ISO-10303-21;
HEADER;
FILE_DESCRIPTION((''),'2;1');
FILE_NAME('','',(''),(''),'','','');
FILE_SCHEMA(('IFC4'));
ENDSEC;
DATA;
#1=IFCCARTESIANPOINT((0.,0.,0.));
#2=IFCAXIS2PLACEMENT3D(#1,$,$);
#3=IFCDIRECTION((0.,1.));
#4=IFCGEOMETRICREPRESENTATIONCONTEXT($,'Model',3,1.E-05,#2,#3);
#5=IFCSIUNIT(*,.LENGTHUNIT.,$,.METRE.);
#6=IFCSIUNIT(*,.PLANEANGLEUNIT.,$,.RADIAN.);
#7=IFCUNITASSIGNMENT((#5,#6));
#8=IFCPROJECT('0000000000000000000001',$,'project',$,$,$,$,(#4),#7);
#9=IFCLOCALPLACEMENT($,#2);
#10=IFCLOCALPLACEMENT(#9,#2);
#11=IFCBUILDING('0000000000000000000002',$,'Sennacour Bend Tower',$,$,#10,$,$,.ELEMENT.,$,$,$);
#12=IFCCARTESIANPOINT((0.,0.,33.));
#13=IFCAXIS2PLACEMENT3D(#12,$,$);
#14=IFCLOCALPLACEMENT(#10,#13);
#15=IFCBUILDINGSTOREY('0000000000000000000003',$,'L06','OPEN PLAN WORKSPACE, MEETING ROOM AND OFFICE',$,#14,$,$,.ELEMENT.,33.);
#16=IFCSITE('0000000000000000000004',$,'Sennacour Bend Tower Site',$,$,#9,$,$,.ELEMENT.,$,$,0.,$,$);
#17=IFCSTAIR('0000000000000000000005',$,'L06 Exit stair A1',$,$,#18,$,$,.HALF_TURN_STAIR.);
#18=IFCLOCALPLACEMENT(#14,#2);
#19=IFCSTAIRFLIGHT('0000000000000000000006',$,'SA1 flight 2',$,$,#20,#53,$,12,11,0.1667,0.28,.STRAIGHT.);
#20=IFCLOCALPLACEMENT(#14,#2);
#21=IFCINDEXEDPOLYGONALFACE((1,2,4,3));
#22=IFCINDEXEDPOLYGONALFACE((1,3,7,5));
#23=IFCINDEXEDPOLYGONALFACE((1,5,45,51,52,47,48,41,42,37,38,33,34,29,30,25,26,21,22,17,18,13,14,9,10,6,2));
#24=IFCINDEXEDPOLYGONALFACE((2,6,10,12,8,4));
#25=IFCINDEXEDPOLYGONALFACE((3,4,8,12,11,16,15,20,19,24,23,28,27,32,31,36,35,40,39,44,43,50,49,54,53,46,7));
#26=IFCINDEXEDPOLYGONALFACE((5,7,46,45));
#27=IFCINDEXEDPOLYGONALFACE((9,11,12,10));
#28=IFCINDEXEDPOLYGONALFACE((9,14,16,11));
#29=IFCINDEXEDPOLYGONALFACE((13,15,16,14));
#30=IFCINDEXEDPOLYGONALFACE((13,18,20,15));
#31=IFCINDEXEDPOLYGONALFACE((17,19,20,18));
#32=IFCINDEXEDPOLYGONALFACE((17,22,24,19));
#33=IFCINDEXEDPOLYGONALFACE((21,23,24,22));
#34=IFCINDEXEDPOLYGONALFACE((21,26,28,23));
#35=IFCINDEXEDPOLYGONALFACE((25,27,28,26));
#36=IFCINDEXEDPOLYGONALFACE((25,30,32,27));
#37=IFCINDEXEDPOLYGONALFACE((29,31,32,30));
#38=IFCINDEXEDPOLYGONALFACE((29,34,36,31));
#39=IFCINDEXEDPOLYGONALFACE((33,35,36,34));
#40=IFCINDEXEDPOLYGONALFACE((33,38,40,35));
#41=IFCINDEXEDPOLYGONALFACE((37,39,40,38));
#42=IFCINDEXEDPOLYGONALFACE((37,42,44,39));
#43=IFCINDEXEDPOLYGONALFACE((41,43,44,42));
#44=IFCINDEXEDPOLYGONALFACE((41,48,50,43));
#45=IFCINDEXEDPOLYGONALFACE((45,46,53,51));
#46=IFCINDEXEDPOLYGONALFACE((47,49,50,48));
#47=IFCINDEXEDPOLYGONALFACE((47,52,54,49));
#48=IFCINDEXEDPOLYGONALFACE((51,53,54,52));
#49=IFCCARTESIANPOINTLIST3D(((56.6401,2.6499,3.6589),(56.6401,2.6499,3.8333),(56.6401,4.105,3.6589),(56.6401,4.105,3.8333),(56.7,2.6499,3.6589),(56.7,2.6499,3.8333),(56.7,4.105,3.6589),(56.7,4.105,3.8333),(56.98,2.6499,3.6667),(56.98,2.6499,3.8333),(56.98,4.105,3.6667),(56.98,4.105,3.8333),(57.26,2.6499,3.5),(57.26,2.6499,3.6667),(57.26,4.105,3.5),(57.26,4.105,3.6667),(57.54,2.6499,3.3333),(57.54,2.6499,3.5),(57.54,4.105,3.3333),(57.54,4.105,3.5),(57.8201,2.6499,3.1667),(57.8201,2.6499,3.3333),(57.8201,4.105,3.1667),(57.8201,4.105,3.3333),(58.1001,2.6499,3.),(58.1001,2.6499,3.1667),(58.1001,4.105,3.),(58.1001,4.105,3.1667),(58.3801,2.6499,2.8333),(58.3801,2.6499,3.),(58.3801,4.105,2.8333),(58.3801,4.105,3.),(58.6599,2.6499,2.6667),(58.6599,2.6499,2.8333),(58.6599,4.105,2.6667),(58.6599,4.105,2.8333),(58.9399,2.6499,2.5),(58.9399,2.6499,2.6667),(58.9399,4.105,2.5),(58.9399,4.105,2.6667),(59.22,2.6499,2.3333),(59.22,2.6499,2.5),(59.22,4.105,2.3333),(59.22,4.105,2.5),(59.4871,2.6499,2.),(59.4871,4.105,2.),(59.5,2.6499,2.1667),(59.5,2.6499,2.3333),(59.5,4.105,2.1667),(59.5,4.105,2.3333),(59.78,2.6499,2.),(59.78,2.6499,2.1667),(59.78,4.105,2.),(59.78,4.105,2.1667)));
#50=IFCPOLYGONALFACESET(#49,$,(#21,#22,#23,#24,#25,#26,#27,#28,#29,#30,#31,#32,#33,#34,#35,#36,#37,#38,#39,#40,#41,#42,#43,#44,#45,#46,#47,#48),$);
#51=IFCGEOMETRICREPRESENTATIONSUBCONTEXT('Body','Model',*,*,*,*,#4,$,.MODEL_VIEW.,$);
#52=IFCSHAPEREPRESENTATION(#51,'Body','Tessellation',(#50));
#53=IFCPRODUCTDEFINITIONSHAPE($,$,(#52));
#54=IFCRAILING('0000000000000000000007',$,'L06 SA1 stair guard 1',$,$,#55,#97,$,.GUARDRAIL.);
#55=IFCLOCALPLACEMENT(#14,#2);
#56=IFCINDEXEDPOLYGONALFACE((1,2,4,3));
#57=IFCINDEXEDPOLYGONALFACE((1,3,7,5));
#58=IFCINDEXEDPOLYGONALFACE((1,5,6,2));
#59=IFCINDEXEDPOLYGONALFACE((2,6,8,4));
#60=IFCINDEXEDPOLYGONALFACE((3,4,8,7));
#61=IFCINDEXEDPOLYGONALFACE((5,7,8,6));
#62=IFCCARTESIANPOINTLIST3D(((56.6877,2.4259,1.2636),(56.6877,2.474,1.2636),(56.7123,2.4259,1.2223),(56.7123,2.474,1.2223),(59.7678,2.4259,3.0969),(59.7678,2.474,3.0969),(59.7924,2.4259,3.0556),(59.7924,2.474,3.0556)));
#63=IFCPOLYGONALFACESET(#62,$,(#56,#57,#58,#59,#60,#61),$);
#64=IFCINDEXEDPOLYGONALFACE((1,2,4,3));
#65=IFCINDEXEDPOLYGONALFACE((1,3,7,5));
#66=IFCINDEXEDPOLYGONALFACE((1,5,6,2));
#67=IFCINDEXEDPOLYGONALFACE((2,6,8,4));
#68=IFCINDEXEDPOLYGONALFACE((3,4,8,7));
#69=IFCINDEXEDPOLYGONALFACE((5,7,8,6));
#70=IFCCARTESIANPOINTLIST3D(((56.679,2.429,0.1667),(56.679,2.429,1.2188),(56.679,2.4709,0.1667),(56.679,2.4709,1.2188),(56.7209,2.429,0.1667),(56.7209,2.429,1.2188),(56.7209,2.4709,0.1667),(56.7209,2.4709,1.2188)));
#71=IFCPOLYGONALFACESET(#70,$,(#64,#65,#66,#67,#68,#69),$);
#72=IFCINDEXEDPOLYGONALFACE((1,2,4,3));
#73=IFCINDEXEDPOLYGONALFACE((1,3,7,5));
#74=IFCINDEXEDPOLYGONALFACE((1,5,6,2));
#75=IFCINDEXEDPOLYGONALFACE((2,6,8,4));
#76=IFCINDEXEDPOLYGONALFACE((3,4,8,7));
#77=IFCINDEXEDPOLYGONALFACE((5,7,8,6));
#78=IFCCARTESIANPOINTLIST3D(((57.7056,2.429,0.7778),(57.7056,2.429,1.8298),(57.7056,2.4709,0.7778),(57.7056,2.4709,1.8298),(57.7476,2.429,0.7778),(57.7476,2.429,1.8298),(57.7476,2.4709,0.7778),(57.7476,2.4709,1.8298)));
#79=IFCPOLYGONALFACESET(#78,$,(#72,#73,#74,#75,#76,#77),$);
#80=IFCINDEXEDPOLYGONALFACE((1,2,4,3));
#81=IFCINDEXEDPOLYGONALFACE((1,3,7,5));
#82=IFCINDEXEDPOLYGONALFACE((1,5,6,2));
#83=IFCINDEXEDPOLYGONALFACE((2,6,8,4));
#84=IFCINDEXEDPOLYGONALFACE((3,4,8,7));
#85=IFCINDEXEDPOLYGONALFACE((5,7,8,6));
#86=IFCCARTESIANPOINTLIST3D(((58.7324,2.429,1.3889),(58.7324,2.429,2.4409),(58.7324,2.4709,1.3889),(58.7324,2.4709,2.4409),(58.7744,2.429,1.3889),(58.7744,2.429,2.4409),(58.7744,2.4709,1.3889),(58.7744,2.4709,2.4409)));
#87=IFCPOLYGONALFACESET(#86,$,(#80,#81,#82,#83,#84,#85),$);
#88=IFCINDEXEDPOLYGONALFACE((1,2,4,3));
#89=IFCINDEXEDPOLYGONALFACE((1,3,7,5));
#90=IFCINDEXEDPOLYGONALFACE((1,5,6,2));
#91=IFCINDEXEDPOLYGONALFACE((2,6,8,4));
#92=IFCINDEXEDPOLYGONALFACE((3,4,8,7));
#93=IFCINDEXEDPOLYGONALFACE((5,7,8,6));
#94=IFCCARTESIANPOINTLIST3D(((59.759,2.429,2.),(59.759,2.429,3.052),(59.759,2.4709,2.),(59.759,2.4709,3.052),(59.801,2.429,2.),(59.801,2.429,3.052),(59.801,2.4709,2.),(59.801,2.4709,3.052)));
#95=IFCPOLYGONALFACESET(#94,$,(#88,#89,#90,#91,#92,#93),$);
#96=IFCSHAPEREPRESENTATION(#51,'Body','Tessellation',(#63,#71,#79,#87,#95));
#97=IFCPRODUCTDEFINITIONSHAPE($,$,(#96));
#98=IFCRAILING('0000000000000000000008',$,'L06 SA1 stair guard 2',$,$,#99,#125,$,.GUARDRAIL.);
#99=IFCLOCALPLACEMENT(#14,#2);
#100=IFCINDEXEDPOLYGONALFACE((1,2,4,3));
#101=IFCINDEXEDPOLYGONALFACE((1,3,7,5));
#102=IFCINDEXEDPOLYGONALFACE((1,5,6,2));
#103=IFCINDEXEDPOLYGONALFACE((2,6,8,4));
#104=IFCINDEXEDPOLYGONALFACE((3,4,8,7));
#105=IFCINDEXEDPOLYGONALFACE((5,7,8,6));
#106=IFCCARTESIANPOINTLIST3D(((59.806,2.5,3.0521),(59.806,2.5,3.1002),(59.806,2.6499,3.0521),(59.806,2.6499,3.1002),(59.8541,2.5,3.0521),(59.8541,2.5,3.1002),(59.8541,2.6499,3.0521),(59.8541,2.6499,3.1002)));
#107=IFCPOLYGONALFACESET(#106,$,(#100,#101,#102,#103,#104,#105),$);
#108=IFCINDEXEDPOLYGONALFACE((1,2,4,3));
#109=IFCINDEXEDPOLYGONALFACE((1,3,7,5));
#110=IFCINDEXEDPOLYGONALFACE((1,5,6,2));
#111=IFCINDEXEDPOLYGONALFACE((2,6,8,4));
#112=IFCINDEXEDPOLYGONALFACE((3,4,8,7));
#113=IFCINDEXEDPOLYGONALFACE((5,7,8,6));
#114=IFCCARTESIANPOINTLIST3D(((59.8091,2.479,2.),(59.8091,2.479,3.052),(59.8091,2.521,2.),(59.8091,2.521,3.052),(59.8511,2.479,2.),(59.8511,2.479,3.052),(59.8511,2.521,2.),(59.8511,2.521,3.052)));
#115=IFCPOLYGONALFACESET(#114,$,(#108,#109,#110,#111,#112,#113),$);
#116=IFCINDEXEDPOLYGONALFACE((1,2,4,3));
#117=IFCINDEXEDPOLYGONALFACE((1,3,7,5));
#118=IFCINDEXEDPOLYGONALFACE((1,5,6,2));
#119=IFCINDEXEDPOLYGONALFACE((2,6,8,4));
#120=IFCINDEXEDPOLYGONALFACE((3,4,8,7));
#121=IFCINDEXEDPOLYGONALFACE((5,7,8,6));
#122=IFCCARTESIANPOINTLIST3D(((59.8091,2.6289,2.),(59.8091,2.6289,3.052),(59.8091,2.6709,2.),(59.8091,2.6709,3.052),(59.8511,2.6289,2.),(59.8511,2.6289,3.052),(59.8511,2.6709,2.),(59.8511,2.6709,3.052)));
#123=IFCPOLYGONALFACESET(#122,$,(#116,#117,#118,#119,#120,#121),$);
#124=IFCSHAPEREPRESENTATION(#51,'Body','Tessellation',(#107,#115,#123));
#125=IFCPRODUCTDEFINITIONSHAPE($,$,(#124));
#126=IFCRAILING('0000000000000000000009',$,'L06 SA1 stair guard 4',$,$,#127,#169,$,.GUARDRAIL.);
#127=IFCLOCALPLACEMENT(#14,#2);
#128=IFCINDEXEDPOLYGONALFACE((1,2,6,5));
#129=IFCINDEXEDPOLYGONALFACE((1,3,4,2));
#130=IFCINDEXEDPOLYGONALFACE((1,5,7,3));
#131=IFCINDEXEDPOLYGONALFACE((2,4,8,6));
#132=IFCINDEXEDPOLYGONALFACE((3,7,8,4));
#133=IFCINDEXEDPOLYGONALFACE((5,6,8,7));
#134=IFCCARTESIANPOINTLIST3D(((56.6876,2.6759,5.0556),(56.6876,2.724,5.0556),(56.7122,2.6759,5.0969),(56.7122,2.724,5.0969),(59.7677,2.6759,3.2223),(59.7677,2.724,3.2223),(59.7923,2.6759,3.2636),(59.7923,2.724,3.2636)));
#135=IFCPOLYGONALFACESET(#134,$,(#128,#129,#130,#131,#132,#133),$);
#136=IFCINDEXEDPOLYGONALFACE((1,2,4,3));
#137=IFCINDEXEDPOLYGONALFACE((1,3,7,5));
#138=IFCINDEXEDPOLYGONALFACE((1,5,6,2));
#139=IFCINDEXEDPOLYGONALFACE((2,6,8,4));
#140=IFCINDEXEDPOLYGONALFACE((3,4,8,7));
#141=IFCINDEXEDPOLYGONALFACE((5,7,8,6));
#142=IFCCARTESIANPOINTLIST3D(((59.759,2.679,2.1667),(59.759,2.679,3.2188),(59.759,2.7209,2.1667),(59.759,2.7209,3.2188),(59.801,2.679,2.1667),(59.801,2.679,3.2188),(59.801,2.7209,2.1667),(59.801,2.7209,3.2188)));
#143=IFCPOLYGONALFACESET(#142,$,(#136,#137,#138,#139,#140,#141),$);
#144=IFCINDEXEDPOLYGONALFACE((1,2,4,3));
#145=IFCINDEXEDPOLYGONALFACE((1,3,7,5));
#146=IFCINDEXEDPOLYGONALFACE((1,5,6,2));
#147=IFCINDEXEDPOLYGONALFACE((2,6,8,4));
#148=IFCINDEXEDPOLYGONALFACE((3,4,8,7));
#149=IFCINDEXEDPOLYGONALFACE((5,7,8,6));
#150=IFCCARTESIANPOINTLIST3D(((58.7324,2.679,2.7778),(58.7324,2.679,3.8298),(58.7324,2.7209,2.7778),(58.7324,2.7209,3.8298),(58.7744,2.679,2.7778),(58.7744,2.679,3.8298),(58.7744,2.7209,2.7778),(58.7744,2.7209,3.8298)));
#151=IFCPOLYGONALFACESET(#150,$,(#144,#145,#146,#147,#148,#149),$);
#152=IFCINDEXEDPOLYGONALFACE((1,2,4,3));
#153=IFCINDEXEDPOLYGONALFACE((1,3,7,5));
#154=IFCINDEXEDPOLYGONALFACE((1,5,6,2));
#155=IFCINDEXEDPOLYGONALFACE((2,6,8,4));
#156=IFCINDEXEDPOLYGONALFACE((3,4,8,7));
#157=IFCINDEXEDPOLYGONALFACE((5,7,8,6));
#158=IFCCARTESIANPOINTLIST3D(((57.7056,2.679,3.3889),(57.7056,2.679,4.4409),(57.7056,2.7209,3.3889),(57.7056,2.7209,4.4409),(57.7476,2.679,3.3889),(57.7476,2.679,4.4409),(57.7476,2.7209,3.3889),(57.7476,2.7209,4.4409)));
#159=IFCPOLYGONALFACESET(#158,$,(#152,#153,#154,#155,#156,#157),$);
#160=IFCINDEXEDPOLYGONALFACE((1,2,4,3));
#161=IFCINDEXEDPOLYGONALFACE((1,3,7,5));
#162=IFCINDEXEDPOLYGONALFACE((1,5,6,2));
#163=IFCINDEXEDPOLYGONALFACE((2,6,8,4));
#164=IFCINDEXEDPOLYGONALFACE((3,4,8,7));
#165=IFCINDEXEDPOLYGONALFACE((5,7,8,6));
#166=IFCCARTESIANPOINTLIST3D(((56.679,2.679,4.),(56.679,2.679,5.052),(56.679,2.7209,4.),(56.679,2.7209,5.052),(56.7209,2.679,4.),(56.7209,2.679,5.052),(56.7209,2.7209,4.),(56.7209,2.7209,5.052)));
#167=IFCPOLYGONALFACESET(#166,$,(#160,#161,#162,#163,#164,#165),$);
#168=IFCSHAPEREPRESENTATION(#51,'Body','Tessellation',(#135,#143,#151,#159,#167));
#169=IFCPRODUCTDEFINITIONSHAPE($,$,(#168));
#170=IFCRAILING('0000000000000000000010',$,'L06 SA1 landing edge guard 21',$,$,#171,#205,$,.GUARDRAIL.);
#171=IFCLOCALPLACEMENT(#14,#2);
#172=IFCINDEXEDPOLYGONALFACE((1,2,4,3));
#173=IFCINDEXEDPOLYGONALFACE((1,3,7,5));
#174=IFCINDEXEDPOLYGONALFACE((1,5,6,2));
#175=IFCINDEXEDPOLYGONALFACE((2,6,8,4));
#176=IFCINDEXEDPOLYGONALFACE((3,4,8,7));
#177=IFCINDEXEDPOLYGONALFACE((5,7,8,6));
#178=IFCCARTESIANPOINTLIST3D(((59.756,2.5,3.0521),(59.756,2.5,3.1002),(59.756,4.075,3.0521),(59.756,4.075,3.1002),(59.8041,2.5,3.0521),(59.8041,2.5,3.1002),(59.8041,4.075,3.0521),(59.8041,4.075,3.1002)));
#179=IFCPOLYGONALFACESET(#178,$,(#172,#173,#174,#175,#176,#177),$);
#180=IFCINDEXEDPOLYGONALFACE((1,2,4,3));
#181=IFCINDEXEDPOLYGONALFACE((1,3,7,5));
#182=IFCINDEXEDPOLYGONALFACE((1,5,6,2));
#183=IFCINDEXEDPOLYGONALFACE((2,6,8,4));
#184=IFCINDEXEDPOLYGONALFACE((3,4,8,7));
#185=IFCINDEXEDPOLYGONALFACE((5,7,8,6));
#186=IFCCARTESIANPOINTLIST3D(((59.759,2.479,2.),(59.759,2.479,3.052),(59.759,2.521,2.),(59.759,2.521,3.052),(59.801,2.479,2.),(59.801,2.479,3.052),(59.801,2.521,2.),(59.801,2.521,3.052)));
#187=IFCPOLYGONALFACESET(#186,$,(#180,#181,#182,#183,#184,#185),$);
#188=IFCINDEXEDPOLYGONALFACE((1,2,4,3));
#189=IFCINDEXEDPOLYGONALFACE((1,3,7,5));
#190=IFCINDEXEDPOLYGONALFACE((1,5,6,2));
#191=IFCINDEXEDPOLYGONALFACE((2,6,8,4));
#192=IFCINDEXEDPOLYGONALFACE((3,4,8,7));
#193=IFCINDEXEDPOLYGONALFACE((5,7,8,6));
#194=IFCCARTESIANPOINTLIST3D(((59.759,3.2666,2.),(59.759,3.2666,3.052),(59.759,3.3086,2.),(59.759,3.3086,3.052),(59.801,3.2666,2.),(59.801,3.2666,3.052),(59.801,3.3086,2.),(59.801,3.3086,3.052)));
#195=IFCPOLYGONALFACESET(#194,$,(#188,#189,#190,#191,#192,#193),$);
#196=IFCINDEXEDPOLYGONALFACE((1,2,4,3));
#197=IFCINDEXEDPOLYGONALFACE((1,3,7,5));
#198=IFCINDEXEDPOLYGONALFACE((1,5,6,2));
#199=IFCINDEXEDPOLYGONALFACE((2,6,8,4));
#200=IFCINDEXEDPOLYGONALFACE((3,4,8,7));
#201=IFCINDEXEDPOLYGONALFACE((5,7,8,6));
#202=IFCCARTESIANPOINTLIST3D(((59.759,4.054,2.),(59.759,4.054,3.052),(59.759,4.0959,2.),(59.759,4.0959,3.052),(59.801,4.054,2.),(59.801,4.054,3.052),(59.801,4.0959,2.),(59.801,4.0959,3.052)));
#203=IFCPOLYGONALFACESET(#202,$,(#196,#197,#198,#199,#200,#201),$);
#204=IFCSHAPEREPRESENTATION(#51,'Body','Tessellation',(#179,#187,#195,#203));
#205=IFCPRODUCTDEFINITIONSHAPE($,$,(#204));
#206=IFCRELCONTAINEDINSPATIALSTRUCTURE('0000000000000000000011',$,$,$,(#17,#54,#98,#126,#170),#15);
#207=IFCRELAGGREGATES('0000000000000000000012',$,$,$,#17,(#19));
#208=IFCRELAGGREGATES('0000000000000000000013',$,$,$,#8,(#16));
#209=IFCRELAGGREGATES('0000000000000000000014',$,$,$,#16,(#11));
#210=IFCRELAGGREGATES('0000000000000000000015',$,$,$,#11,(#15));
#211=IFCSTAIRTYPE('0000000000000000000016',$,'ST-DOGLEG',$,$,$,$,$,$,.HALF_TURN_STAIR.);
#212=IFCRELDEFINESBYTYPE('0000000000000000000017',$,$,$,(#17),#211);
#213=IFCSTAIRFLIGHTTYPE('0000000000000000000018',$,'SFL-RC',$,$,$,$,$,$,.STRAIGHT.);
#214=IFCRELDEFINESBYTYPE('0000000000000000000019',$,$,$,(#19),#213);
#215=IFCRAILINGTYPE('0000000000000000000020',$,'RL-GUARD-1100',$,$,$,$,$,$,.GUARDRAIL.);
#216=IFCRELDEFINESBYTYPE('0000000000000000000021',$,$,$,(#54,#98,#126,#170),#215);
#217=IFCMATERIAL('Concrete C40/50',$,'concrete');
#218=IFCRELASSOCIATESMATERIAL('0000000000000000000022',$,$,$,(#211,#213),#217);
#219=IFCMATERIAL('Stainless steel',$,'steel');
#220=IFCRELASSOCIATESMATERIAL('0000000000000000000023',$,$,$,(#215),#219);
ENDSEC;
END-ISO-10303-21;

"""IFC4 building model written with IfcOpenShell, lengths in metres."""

from ifc_helpers import new_model, si_unit, direction, frame, origin, origin_2d, place, context, subcontext, project, spatial, polyline, rectangle, outline, extrude, material, type_object, element, aggregate, save


model = new_model("IFC4")

# Units and contexts
model_context = context("Model", 3, precision=1e-05, world=origin(), true_north=direction((0.0, 1.0)))
body_context = subcontext(model_context, "Body", "Model", "MODEL_VIEW")
ifc_project = project(units=[si_unit("LENGTHUNIT", "METRE"), si_unit("PLANEANGLEUNIT", "RADIAN")], contexts=[model_context])

# Site, building, storey
site_placement = place(None, origin())
site = spatial("IfcSite", under=ifc_project, at=site_placement, Name="Sennacour Bend Tower Site", CompositionType="ELEMENT", RefElevation=0.0)
building_placement = place(site_placement, origin())
building = spatial("IfcBuilding", under=site, at=building_placement, Name="Sennacour Bend Tower", CompositionType="ELEMENT")
storey_placement = place(building_placement, frame((0.0, 0.0, 33.0)))
storey = spatial("IfcBuildingStorey", under=building, at=storey_placement, Name="L06", Description="OPEN PLAN WORKSPACE, MEETING ROOM AND OFFICE", CompositionType="ELEMENT", Elevation=33.0)

# Shared definitions
ifc_material_1 = material(Name="Stainless steel", Category="steel")

# Stair, stair flight
ifc_material_2 = material(Name="Concrete C40/50", Category="concrete")
stair_type = type_object("IfcStairType", Name="ST-DOGLEG", PredefinedType="HALF_TURN_STAIR", material=ifc_material_2)
stair_placement = place(storey_placement, origin())
stair = element("IfcStair", 1, at=stair_placement, inside=storey, type_object=stair_type, Name="L06 Exit stair A1", PredefinedType="HALF_TURN_STAIR")
stair_flight_type = type_object("IfcStairFlightType", Name="SFL-RC", PredefinedType="STRAIGHT", material=ifc_material_2)
stair_flight_1_placement = place(storey_placement, frame((59.78, 3.3774, 2.0), z_axis=(0.0, 0.0, 1.0), x_axis=(-1.0, 0.0, 0.0)))
stair_flight_1 = element("IfcStairFlight", 2, at=stair_flight_1_placement, type_object=stair_flight_type, Name="SA1 flight 2", NumberOfRisers=12, NumberOfTreads=11, PredefinedType="STRAIGHT", RiserHeight=0.1667, TreadLength=0.28, context=body_context, shape_type="SweptSolid", body=[
    extrude(outline(polyline([(0.0, 0.0), (0.0, 0.1667), (0.28, 0.1667), (0.28, 0.3333), (0.5601, 0.3333), (0.5601, 0.5), (0.8401, 0.5), (0.8401, 0.6667), (1.1201, 0.6667), (1.1201, 0.8333), (1.3999, 0.8333), (1.3999, 1.0), (1.6799, 1.0), (1.6799, 1.1667), (1.96, 1.1667), (1.96, 1.3333), (2.24, 1.3333), (2.24, 1.5), (2.52, 1.5), (2.52, 1.6667), (2.8, 1.6667), (2.8, 1.8333), (3.0801, 1.8333), (3.1399, 1.8333), (3.1399, 1.6589), (3.0801, 1.6589), (0.293, 0.0), (0.0, 0.0)])), frame((0.0, 0.7275, 0.0), z_axis=(0.0, -1.0, 0.0), x_axis=(1.0, 0.0, 0.0)), (0.0, 0.0, 1.0), 1.4551),
])
aggregate(stair, [stair_flight_1])

# Railings
railing_type_1 = type_object("IfcRailingType", Name="RL-GUARD-1100", PredefinedType="GUARDRAIL", material=ifc_material_1)
railing_1_placement = place(storey_placement, frame((56.7, 2.45, 0.1667)))
element("IfcRailing", 3, at=railing_1_placement, inside=storey, type_object=railing_type_1, Name="L06 SA1 stair guard 1", PredefinedType="GUARDRAIL", context=body_context, shape_type="SweptSolid", body=[
    extrude(rectangle(XDim=0.0481, YDim=0.0481, at=origin_2d()), frame((0.0, 0.0, 1.0762), z_axis=(0.859309, 0.0, 0.511458), x_axis=(0.0, 1.0, 0.0)), (0.0, 0.0, 1.0), 3.5845),
    extrude(rectangle(XDim=0.042, YDim=0.042, at=origin_2d()), origin(), (0.0, 0.0, 1.0), 1.052),
    extrude(rectangle(XDim=0.042, YDim=0.042, at=origin_2d()), frame((1.0266, 0.0, 0.6111)), (0.0, 0.0, 1.0), 1.052),
    extrude(rectangle(XDim=0.042, YDim=0.042, at=origin_2d()), frame((2.0535, 0.0, 1.2222)), (0.0, 0.0, 1.0), 1.052),
    extrude(rectangle(XDim=0.042, YDim=0.042, at=origin_2d()), frame((3.0801, 0.0, 1.8333)), (0.0, 0.0, 1.0), 1.052),
])
railing_2_placement = place(storey_placement, frame((59.8301, 2.5, 2.0)))
element("IfcRailing", 4, at=railing_2_placement, inside=storey, type_object=railing_type_1, Name="L06 SA1 stair guard 2", PredefinedType="GUARDRAIL", context=body_context, shape_type="SweptSolid", body=[
    extrude(rectangle(XDim=0.0481, YDim=0.0481, at=origin_2d()), frame((0.0, 0.0, 1.0762), z_axis=(0.0, 1.0, 0.0), x_axis=(-1.0, 0.0, 0.0)), (0.0, 0.0, 1.0), 0.1499),
    extrude(rectangle(XDim=0.042, YDim=0.042, at=origin_2d()), origin(), (0.0, 0.0, 1.0), 1.052),
    extrude(rectangle(XDim=0.042, YDim=0.042, at=origin_2d()), frame((0.0, 0.1499, 0.0)), (0.0, 0.0, 1.0), 1.052),
])
railing_3_placement = place(storey_placement, frame((59.78, 2.7, 2.1667)))
element("IfcRailing", 5, at=railing_3_placement, inside=storey, type_object=railing_type_1, Name="L06 SA1 stair guard 4", PredefinedType="GUARDRAIL", context=body_context, shape_type="SweptSolid", body=[
    extrude(rectangle(XDim=0.0481, YDim=0.0481, at=origin_2d()), frame((0.0, 0.0, 1.0762), z_axis=(-0.859309, 0.0, 0.511458), x_axis=(0.0, -1.0, 0.0)), (0.0, 0.0, 1.0), 3.5845),
    extrude(rectangle(XDim=0.042, YDim=0.042, at=origin_2d()), origin(), (0.0, 0.0, 1.0), 1.052),
    extrude(rectangle(XDim=0.042, YDim=0.042, at=origin_2d()), frame((-1.0266, 0.0, 0.6111)), (0.0, 0.0, 1.0), 1.052),
    extrude(rectangle(XDim=0.042, YDim=0.042, at=origin_2d()), frame((-2.0535, 0.0, 1.2222)), (0.0, 0.0, 1.0), 1.052),
    extrude(rectangle(XDim=0.042, YDim=0.042, at=origin_2d()), frame((-3.0801, 0.0, 1.8333)), (0.0, 0.0, 1.0), 1.052),
])
railing_4_placement = place(storey_placement, frame((59.78, 2.5, 2.0)))
element("IfcRailing", 6, at=railing_4_placement, inside=storey, type_object=railing_type_1, Name="L06 SA1 landing edge guard 21", PredefinedType="GUARDRAIL", context=body_context, shape_type="SweptSolid", body=[
    extrude(rectangle(XDim=0.0481, YDim=0.0481, at=origin_2d()), frame((0.0, 0.0, 1.0762), z_axis=(0.0, 1.0, 0.0), x_axis=(-1.0, 0.0, 0.0)), (0.0, 0.0, 1.0), 1.575),
    extrude(rectangle(XDim=0.042, YDim=0.042, at=origin_2d()), origin(), (0.0, 0.0, 1.0), 1.052),
    extrude(rectangle(XDim=0.042, YDim=0.042, at=origin_2d()), frame((0.0, 0.7876, 0.0)), (0.0, 0.0, 1.0), 1.052),
    extrude(rectangle(XDim=0.042, YDim=0.042, at=origin_2d()), frame((0.0, 1.575, 0.0)), (0.0, 0.0, 1.0), 1.052),
])

save(model, "model.ifc")
